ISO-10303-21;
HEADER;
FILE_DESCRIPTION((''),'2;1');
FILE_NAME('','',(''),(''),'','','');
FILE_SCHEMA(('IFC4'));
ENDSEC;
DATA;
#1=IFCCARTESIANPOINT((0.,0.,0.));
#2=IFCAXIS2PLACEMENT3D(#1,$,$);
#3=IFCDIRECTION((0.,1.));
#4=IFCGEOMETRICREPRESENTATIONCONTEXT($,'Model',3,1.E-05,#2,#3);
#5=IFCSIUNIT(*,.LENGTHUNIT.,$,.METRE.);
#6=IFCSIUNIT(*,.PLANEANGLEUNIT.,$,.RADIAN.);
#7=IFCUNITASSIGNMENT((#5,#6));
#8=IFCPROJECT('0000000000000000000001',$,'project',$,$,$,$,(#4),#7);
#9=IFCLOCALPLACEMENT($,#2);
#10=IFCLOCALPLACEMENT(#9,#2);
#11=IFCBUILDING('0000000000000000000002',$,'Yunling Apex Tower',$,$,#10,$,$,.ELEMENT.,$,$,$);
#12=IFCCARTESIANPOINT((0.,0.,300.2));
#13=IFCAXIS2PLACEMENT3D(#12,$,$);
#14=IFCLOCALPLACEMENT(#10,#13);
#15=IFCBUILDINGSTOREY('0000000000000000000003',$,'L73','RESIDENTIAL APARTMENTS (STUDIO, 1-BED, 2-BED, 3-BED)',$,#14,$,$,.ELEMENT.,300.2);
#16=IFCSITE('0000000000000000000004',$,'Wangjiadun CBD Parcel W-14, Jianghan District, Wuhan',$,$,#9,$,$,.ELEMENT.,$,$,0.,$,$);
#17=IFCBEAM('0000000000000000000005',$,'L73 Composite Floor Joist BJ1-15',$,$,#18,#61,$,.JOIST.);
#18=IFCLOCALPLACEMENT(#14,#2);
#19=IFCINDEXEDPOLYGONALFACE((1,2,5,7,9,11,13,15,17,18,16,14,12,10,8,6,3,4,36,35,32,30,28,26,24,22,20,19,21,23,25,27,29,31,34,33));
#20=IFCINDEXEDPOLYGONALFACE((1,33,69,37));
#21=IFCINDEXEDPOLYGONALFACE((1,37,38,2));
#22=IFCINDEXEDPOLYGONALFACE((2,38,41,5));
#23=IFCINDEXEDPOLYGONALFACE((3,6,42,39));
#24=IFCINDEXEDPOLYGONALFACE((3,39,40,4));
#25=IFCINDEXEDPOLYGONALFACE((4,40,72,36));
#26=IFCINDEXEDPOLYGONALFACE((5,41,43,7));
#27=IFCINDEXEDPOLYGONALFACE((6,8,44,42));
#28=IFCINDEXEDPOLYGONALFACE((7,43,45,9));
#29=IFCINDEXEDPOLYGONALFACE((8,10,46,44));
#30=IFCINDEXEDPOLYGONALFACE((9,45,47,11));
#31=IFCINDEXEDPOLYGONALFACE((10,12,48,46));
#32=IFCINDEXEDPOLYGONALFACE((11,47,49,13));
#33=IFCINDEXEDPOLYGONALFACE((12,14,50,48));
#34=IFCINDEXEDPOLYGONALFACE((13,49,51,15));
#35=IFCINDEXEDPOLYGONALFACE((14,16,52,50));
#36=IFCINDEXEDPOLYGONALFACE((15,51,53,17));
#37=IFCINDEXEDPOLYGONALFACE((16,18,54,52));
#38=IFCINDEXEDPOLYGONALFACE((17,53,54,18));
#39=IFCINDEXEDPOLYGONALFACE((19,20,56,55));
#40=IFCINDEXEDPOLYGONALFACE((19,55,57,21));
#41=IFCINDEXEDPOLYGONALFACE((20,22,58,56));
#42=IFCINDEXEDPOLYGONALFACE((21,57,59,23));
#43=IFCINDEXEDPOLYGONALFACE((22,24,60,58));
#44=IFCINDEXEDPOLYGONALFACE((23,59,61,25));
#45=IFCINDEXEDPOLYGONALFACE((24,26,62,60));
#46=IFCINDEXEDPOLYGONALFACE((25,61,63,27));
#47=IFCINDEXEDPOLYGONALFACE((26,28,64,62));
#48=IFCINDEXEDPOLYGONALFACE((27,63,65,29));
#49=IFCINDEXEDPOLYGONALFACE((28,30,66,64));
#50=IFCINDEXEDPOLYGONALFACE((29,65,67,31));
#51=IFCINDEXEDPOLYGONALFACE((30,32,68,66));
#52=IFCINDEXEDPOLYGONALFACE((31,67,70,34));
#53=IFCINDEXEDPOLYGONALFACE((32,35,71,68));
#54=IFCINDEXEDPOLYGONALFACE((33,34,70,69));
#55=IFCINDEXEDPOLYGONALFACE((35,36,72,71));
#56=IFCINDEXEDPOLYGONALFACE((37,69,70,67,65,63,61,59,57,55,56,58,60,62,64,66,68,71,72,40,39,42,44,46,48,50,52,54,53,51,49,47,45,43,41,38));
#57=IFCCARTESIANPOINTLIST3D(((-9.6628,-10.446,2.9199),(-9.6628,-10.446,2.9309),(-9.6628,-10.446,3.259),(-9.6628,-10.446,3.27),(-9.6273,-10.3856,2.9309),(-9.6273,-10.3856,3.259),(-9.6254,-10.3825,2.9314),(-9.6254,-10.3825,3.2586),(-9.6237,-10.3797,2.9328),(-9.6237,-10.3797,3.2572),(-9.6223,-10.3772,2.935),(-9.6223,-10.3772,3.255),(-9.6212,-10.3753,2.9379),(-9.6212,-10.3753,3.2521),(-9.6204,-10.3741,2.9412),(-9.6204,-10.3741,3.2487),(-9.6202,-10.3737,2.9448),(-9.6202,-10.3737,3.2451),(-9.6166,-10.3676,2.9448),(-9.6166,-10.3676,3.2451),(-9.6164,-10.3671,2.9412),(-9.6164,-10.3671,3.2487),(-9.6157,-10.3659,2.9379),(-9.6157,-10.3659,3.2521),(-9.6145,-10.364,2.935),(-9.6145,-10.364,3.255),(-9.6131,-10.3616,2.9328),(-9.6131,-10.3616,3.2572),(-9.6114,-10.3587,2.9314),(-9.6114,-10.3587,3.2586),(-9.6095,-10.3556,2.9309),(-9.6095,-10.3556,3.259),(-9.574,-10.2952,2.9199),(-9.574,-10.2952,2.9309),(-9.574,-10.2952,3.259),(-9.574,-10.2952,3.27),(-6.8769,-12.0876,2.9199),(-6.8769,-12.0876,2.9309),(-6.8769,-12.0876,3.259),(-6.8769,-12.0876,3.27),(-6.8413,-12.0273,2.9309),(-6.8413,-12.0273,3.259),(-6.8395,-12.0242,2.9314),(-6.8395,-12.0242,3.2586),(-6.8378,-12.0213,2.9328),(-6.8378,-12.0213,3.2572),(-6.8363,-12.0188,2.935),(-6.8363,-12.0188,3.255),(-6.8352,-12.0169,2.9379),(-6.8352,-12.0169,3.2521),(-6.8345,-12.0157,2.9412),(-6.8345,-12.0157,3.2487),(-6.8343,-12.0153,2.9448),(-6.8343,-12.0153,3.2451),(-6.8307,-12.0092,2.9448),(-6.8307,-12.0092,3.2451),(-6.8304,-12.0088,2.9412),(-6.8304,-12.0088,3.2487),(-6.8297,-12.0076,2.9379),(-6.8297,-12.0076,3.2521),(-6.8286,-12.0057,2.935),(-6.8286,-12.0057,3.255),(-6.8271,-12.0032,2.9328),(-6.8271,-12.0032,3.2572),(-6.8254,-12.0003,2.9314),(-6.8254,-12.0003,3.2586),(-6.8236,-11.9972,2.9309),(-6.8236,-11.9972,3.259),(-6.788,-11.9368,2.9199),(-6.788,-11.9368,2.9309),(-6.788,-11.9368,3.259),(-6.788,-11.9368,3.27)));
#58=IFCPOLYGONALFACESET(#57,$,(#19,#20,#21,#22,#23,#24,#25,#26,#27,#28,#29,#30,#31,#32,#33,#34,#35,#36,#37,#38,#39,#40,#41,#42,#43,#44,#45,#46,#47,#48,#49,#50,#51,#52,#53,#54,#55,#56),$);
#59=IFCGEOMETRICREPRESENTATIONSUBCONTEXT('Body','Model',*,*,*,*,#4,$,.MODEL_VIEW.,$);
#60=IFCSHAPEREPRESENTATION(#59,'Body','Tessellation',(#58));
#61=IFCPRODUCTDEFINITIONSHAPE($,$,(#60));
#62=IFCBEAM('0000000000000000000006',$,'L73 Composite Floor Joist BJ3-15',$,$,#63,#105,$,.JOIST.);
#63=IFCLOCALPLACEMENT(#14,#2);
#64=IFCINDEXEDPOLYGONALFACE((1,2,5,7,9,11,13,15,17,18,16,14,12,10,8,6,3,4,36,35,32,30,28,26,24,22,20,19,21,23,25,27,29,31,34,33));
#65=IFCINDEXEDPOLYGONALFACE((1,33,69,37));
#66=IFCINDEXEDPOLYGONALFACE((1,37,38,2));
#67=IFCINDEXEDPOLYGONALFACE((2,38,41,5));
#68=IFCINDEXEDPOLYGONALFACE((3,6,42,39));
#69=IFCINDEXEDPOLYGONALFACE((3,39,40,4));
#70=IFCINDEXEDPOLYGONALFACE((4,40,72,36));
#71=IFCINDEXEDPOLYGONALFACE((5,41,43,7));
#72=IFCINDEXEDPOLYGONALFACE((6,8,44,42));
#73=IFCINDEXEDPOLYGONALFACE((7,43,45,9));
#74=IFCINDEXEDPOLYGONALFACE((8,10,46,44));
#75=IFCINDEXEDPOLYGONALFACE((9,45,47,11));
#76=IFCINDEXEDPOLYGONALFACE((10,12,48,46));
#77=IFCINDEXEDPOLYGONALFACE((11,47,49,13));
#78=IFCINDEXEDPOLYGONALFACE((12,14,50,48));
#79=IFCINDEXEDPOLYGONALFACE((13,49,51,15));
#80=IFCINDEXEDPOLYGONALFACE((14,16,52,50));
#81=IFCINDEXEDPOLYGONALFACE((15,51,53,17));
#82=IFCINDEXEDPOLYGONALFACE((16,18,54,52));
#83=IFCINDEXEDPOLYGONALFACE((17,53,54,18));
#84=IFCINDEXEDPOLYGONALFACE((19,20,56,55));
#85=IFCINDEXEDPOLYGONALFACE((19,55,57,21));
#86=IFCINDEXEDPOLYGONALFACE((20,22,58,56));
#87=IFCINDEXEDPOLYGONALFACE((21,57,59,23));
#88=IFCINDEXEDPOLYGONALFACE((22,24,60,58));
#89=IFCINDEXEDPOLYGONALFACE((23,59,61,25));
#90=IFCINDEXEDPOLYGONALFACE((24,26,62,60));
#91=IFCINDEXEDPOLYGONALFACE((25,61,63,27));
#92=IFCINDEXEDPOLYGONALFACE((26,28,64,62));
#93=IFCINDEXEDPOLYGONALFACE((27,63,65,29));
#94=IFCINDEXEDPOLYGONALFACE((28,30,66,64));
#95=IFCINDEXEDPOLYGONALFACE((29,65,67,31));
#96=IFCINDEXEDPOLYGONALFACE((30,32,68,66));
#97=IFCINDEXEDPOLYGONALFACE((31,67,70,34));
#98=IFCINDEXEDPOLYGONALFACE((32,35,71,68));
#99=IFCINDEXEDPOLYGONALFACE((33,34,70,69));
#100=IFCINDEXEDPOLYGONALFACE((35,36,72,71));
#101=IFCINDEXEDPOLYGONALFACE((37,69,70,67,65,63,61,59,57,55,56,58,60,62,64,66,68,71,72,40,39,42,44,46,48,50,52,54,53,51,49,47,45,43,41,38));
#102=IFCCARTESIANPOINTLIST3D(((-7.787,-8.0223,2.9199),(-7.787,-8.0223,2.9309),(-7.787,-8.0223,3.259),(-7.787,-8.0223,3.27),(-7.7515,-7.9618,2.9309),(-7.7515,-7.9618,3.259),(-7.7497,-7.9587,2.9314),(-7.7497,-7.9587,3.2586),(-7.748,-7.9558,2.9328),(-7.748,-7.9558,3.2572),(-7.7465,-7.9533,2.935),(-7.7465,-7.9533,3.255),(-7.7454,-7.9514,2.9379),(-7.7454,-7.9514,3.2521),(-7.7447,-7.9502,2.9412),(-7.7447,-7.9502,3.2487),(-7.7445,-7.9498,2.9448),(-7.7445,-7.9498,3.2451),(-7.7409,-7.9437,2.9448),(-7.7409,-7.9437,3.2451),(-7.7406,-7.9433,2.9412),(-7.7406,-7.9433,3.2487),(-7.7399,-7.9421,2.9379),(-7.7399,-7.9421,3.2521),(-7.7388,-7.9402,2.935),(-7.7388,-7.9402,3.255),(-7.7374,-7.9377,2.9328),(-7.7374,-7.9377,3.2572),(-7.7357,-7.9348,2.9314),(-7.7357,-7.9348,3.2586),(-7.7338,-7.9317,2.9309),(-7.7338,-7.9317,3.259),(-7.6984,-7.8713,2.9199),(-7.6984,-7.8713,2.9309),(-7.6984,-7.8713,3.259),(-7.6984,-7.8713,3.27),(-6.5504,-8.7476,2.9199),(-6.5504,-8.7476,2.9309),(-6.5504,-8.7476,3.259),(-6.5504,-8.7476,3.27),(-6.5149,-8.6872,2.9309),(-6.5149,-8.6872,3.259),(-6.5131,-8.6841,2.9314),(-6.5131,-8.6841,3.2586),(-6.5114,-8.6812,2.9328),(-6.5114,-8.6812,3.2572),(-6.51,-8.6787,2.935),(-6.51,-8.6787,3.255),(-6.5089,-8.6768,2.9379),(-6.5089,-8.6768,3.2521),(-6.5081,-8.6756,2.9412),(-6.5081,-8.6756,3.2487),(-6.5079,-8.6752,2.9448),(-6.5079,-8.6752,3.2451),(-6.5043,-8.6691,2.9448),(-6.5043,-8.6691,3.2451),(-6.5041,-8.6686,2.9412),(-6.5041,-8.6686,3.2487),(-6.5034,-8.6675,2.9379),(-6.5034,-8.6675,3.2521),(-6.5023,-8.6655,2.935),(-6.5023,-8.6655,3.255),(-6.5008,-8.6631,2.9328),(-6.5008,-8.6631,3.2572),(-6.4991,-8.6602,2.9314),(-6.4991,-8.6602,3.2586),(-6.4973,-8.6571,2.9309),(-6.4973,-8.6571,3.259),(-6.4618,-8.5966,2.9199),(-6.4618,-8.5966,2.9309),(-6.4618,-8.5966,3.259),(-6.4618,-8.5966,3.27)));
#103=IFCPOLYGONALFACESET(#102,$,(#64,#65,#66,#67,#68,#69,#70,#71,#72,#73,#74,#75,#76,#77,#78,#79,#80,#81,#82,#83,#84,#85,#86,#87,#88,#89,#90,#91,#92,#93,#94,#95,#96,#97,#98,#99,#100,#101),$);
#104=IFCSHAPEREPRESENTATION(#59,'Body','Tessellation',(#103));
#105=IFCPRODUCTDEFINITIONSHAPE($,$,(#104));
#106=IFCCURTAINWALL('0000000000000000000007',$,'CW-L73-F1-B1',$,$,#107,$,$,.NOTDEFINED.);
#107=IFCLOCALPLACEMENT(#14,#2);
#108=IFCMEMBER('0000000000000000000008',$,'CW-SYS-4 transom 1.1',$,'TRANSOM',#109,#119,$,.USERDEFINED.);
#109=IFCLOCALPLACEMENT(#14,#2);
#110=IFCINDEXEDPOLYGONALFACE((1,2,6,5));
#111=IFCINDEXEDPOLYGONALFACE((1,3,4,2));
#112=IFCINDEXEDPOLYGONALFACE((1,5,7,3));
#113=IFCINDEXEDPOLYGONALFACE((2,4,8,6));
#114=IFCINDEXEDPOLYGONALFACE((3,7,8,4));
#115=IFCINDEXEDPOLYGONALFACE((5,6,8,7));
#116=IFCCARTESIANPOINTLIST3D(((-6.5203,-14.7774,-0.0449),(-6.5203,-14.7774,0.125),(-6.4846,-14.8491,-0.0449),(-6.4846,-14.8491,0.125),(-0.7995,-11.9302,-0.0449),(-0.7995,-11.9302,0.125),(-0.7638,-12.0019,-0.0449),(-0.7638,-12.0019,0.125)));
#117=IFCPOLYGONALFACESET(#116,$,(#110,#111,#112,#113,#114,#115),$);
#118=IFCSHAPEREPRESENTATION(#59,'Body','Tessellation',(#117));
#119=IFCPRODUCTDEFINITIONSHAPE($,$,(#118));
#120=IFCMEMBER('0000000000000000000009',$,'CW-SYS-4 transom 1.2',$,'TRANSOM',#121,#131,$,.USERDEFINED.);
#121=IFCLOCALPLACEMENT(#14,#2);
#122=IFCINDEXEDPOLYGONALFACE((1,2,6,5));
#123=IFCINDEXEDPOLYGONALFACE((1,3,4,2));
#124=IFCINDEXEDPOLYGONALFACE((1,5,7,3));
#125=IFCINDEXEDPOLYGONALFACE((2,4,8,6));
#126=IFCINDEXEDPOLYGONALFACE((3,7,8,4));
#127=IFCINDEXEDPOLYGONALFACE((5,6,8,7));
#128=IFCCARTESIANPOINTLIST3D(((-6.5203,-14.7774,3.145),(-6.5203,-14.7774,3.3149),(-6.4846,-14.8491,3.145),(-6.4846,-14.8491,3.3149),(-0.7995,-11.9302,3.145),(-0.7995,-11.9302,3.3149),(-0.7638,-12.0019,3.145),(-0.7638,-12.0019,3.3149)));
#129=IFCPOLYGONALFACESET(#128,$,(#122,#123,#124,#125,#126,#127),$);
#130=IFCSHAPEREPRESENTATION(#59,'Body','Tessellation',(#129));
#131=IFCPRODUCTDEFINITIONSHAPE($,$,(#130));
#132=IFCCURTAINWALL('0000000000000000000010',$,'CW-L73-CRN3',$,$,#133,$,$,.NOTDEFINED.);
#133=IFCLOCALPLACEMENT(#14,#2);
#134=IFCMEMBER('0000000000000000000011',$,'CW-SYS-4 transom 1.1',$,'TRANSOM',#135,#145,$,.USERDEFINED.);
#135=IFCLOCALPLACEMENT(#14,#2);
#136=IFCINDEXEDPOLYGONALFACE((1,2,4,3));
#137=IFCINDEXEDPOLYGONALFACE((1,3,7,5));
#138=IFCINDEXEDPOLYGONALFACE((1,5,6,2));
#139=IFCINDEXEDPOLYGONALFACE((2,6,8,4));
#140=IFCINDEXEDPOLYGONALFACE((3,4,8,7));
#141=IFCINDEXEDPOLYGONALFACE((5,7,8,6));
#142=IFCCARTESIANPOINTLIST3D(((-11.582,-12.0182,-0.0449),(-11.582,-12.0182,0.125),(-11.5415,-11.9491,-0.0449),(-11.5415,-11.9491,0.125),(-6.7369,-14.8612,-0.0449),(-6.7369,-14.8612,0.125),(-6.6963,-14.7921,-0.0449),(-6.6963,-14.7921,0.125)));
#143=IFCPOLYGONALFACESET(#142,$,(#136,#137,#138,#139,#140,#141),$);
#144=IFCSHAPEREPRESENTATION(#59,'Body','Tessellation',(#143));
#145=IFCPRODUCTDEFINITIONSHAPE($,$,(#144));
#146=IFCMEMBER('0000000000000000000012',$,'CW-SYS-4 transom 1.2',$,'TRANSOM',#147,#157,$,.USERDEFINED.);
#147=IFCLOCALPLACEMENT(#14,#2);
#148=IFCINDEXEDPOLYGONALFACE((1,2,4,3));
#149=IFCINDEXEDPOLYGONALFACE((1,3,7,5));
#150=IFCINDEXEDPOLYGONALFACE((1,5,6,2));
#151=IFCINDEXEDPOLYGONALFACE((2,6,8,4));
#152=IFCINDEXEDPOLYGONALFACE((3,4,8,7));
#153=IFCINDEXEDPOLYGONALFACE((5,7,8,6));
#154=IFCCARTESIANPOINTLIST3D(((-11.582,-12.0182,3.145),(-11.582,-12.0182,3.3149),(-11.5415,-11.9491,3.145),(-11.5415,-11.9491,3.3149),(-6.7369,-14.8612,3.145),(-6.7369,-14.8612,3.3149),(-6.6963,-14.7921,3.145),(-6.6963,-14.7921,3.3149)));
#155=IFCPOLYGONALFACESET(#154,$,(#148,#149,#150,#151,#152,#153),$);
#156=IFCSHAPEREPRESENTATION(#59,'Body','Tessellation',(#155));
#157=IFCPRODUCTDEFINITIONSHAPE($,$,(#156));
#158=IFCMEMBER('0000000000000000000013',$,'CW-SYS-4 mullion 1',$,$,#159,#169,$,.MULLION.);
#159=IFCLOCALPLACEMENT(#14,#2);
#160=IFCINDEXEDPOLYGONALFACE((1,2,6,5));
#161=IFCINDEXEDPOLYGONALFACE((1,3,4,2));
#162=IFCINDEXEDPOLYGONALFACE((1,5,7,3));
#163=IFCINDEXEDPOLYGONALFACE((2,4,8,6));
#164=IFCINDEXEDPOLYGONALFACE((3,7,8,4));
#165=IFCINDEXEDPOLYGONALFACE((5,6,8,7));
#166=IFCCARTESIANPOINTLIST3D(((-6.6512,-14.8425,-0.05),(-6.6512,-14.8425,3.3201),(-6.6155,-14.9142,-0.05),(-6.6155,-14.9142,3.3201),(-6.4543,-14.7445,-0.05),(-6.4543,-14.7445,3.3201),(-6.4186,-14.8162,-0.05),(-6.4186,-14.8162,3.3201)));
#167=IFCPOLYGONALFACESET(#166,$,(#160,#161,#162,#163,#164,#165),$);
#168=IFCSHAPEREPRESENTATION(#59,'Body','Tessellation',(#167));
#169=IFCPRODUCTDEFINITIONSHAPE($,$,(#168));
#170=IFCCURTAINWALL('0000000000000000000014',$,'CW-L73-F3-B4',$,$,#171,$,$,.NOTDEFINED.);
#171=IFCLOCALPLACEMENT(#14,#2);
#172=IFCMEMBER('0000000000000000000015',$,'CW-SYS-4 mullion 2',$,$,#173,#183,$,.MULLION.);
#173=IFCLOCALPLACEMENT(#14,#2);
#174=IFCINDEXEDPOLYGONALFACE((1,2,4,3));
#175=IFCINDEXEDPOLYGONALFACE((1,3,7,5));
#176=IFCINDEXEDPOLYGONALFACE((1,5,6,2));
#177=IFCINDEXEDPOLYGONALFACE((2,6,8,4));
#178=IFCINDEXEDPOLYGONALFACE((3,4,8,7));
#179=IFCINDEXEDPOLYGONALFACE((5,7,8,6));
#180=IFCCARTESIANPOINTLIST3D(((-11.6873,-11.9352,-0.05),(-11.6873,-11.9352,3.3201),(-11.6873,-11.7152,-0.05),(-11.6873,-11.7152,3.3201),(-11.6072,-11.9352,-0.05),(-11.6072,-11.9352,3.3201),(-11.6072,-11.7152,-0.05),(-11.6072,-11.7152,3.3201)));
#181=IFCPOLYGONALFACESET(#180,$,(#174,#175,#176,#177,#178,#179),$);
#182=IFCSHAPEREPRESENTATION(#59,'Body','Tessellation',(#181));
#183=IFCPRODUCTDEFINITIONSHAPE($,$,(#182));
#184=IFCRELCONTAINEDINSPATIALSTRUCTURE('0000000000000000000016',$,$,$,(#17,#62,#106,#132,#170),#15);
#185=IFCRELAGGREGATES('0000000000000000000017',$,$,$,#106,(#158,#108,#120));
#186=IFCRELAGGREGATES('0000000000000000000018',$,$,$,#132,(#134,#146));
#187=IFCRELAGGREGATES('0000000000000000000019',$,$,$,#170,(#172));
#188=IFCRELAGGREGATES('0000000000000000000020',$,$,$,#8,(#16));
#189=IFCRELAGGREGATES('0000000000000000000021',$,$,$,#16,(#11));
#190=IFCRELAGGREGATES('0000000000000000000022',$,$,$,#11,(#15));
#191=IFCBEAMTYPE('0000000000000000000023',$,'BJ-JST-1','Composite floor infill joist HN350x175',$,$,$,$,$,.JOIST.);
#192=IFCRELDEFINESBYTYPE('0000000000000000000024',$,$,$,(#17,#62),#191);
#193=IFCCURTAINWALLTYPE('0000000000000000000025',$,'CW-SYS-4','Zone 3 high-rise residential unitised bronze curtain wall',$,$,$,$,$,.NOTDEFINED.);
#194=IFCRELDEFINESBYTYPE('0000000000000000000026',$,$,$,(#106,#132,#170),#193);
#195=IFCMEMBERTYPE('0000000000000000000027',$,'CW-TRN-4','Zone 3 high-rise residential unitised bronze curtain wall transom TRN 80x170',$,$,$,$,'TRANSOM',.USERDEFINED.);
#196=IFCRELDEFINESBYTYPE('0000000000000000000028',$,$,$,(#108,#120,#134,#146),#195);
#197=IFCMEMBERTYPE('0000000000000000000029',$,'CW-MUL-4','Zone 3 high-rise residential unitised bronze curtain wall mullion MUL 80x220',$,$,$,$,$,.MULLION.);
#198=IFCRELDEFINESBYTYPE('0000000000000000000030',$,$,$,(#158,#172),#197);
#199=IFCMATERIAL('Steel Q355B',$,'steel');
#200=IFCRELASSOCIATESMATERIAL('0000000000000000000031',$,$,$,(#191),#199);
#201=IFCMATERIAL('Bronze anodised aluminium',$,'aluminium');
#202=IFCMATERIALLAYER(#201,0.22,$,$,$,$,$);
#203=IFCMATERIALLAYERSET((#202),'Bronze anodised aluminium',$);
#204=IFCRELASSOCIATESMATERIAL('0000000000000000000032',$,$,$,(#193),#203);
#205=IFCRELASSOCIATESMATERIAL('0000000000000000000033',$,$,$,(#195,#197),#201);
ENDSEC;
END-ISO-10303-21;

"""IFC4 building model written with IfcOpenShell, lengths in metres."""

from ifc_helpers import new_model, si_unit, direction, frame, origin, origin_2d, place, context, subcontext, project, spatial, rectangle, i_section, extrude, source, transform, mapped, material, layer, layer_set, material_profile, profile_set, type_object, element, aggregate, save


model = new_model("IFC4")

# Units and contexts
model_context = context("Model", 3, precision=1e-05, world=origin(), true_north=direction((0.0, 1.0)))
body_context = subcontext(model_context, "Body", "Model", "MODEL_VIEW")
ifc_project = project(units=[si_unit("LENGTHUNIT", "METRE"), si_unit("PLANEANGLEUNIT", "RADIAN")], contexts=[model_context])

# Site, building, storey
site_placement = place(None, origin())
site = spatial("IfcSite", under=ifc_project, at=site_placement, Name="Wangjiadun CBD Parcel W-14, Jianghan District, Wuhan", CompositionType="ELEMENT", RefElevation=0.0)
building_placement = place(site_placement, origin())
building = spatial("IfcBuilding", under=site, at=building_placement, Name="Yunling Apex Tower", CompositionType="ELEMENT")
storey_placement = place(building_placement, frame((0.0, 0.0, 300.2)))
storey = spatial("IfcBuildingStorey", under=building, at=storey_placement, Name="L73", Description="RESIDENTIAL APARTMENTS (STUDIO, 1-BED, 2-BED, 3-BED)", CompositionType="ELEMENT", Elevation=300.2)

# Shared definitions
ifc_material_1 = material(Name="Steel Q355B", Category="steel")

# Beams
ifc_material_profile_1 = material_profile(ifc_material_1, i_section(OverallWidth=0.175, OverallDepth=0.3501, WebThickness=0.0071, FlangeThickness=0.011, FilletRadius=0.0139, at=origin_2d()))
ifc_profile_set_1 = profile_set([ifc_material_profile_1], Name="Steel Q355B")
beam_type_1 = type_object("IfcBeamType", Name="BJ-JST-1", Description="Composite floor infill joist HN350x175", PredefinedType="JOIST", material=ifc_profile_set_1)
shared_shape_1 = source(origin(), body_context, "Body", "SweptSolid", [
    extrude(i_section(OverallWidth=0.175, OverallDepth=0.3501, WebThickness=0.0071, FlangeThickness=0.011, FilletRadius=0.0139, at=origin_2d()), origin(), (0.0, 0.0, 1.0), 3.2336),
])
beam_1_placement = place(storey_placement, frame((-9.6184, -10.3706, 3.095), z_axis=(0.86155, -0.507673, 0.0), x_axis=(0.507673, 0.86155, 0.0)))
element("IfcBeam", 1, at=beam_1_placement, inside=storey, type_object=beam_type_1, Name="L73 Composite Floor Joist BJ1-15", PredefinedType="JOIST", context=body_context, shape_type="MappedRepresentation", body=[
    mapped(shared_shape_1, transform((0.0, 0.0, 0.0), scale=1.0)),
])
shared_shape_2 = source(origin(), body_context, "Body", "SweptSolid", [
    extrude(i_section(OverallWidth=0.175, OverallDepth=0.3501, WebThickness=0.0071, FlangeThickness=0.011, FilletRadius=0.0139, at=origin_2d()), origin(), (0.0, 0.0, 1.0), 1.4336),
])
beam_2_placement = place(storey_placement, frame((-7.7427, -7.9468, 3.095), z_axis=(0.86256, -0.505955, 0.0), x_axis=(0.505955, 0.86256, 0.0)))
element("IfcBeam", 2, at=beam_2_placement, inside=storey, type_object=beam_type_1, Name="L73 Composite Floor Joist BJ3-15", PredefinedType="JOIST", context=body_context, shape_type="MappedRepresentation", body=[
    mapped(shared_shape_2, transform((0.0, 0.0, 0.0), scale=1.0)),
])

# Curtain walls, members
ifc_material_2 = material(Name="Bronze anodised aluminium", Category="aluminium")
ifc_layer_1 = layer(ifc_material_2, 0.22)
ifc_layer_set_1 = layer_set([ifc_layer_1], Name="Bronze anodised aluminium")
curtain_wall_type = type_object("IfcCurtainWallType", Name="CW-SYS-4", Description="Zone 3 high-rise residential unitised bronze curtain wall", PredefinedType="NOTDEFINED", material=ifc_layer_set_1)
curtain_wall_1_placement = place(storey_placement, origin())
curtain_wall_1 = element("IfcCurtainWall", 3, at=curtain_wall_1_placement, inside=storey, type_object=curtain_wall_type, Name="CW-L73-F1-B1", PredefinedType="NOTDEFINED")
ifc_material_profile_2 = material_profile(ifc_material_2, rectangle(XDim=0.0801, YDim=0.1699, at=origin_2d()))
ifc_profile_set_2 = profile_set([ifc_material_profile_2], Name="Bronze anodised aluminium")
member_type_1 = type_object("IfcMemberType", Name="CW-TRN-4", Description="Zone 3 high-rise residential unitised bronze curtain wall transom TRN 80x170", ElementType="TRANSOM", PredefinedType="USERDEFINED", material=ifc_profile_set_2)
shared_shape_3 = source(origin(), body_context, "Body", "SweptSolid", [
    extrude(rectangle(XDim=0.0801, YDim=0.1699, at=origin_2d()), origin(), (0.0, 0.0, 1.0), 6.3901),
])
member_1_placement = place(storey_placement, frame((-6.5024, -14.8132, 0.04), z_axis=(0.895251, 0.445562, 0.0), x_axis=(-0.445562, 0.895251, 0.0)))
member_1 = element("IfcMember", 4, at=member_1_placement, type_object=member_type_1, Name="CW-SYS-4 transom 1.1", ObjectType="TRANSOM", PredefinedType="USERDEFINED", context=body_context, shape_type="MappedRepresentation", body=[
    mapped(shared_shape_3, transform((0.0, 0.0, 0.0), scale=1.0)),
])
member_2_placement = place(storey_placement, frame((-6.5024, -14.8132, 3.23), z_axis=(0.895251, 0.445562, 0.0), x_axis=(-0.445562, 0.895251, 0.0)))
member_2 = element("IfcMember", 5, at=member_2_placement, type_object=member_type_1, Name="CW-SYS-4 transom 1.2", ObjectType="TRANSOM", PredefinedType="USERDEFINED", context=body_context, shape_type="MappedRepresentation", body=[
    mapped(shared_shape_3, transform((0.0, 0.0, 0.0), scale=1.0)),
])
curtain_wall_2_placement = place(storey_placement, origin())
curtain_wall_2 = element("IfcCurtainWall", 6, at=curtain_wall_2_placement, inside=storey, type_object=curtain_wall_type, Name="CW-L73-CRN3", PredefinedType="NOTDEFINED")
shared_shape_4 = source(origin(), body_context, "Body", "SweptSolid", [
    extrude(rectangle(XDim=0.0801, YDim=0.1699, at=origin_2d()), origin(), (0.0, 0.0, 1.0), 5.6177),
])
member_3_placement = place(storey_placement, frame((-11.5618, -11.9836, 0.04), z_axis=(0.862487, -0.50608, 0.0), x_axis=(0.50608, 0.862487, 0.0)))
member_3 = element("IfcMember", 7, at=member_3_placement, type_object=member_type_1, Name="CW-SYS-4 transom 1.1", ObjectType="TRANSOM", PredefinedType="USERDEFINED", context=body_context, shape_type="MappedRepresentation", body=[
    mapped(shared_shape_4, transform((0.0, 0.0, 0.0), scale=1.0)),
])
member_4_placement = place(storey_placement, frame((-11.5618, -11.9836, 3.23), z_axis=(0.862487, -0.50608, 0.0), x_axis=(0.50608, 0.862487, 0.0)))
member_4 = element("IfcMember", 8, at=member_4_placement, type_object=member_type_1, Name="CW-SYS-4 transom 1.2", ObjectType="TRANSOM", PredefinedType="USERDEFINED", context=body_context, shape_type="MappedRepresentation", body=[
    mapped(shared_shape_4, transform((0.0, 0.0, 0.0), scale=1.0)),
])

# Member
ifc_material_profile_3 = material_profile(ifc_material_2, rectangle(XDim=0.0801, YDim=0.22, at=origin_2d()))
ifc_profile_set_3 = profile_set([ifc_material_profile_3], Name="Bronze anodised aluminium")
member_type_2 = type_object("IfcMemberType", Name="CW-MUL-4", Description="Zone 3 high-rise residential unitised bronze curtain wall mullion MUL 80x220", PredefinedType="MULLION", material=ifc_profile_set_3)
shared_shape_5 = source(origin(), body_context, "Body", "SweptSolid", [
    extrude(rectangle(XDim=0.0801, YDim=0.22, at=origin_2d()), origin(), (0.0, 0.0, 1.0), 3.3701),
])
member_5_placement = place(storey_placement, frame((-6.5349, -14.8293, -0.05), z_axis=(0.0, 0.0, 1.0), x_axis=(-0.445568, 0.895248, 0.0)))
member_5 = element("IfcMember", 9, at=member_5_placement, type_object=member_type_2, Name="CW-SYS-4 mullion 1", PredefinedType="MULLION", context=body_context, shape_type="MappedRepresentation", body=[
    mapped(shared_shape_5, transform((0.0, 0.0, 0.0), scale=1.0)),
])

# Curtain wall, member
curtain_wall_3_placement = place(storey_placement, origin())
curtain_wall_3 = element("IfcCurtainWall", 10, at=curtain_wall_3_placement, inside=storey, type_object=curtain_wall_type, Name="CW-L73-F3-B4", PredefinedType="NOTDEFINED")
member_6_placement = place(storey_placement, frame((-11.6472, -11.8252, -0.05), z_axis=(0.0, 0.0, 1.0), x_axis=(1.0, 0.0, 0.0)))
member_6 = element("IfcMember", 11, at=member_6_placement, type_object=member_type_2, Name="CW-SYS-4 mullion 2", PredefinedType="MULLION", context=body_context, shape_type="MappedRepresentation", body=[
    mapped(shared_shape_5, transform((0.0, 0.0, 0.0), scale=1.0)),
])

aggregate(curtain_wall_1, [member_5, member_1, member_2])
aggregate(curtain_wall_2, [member_3, member_4])
aggregate(curtain_wall_3, [member_6])

save(model, "model.ifc")
